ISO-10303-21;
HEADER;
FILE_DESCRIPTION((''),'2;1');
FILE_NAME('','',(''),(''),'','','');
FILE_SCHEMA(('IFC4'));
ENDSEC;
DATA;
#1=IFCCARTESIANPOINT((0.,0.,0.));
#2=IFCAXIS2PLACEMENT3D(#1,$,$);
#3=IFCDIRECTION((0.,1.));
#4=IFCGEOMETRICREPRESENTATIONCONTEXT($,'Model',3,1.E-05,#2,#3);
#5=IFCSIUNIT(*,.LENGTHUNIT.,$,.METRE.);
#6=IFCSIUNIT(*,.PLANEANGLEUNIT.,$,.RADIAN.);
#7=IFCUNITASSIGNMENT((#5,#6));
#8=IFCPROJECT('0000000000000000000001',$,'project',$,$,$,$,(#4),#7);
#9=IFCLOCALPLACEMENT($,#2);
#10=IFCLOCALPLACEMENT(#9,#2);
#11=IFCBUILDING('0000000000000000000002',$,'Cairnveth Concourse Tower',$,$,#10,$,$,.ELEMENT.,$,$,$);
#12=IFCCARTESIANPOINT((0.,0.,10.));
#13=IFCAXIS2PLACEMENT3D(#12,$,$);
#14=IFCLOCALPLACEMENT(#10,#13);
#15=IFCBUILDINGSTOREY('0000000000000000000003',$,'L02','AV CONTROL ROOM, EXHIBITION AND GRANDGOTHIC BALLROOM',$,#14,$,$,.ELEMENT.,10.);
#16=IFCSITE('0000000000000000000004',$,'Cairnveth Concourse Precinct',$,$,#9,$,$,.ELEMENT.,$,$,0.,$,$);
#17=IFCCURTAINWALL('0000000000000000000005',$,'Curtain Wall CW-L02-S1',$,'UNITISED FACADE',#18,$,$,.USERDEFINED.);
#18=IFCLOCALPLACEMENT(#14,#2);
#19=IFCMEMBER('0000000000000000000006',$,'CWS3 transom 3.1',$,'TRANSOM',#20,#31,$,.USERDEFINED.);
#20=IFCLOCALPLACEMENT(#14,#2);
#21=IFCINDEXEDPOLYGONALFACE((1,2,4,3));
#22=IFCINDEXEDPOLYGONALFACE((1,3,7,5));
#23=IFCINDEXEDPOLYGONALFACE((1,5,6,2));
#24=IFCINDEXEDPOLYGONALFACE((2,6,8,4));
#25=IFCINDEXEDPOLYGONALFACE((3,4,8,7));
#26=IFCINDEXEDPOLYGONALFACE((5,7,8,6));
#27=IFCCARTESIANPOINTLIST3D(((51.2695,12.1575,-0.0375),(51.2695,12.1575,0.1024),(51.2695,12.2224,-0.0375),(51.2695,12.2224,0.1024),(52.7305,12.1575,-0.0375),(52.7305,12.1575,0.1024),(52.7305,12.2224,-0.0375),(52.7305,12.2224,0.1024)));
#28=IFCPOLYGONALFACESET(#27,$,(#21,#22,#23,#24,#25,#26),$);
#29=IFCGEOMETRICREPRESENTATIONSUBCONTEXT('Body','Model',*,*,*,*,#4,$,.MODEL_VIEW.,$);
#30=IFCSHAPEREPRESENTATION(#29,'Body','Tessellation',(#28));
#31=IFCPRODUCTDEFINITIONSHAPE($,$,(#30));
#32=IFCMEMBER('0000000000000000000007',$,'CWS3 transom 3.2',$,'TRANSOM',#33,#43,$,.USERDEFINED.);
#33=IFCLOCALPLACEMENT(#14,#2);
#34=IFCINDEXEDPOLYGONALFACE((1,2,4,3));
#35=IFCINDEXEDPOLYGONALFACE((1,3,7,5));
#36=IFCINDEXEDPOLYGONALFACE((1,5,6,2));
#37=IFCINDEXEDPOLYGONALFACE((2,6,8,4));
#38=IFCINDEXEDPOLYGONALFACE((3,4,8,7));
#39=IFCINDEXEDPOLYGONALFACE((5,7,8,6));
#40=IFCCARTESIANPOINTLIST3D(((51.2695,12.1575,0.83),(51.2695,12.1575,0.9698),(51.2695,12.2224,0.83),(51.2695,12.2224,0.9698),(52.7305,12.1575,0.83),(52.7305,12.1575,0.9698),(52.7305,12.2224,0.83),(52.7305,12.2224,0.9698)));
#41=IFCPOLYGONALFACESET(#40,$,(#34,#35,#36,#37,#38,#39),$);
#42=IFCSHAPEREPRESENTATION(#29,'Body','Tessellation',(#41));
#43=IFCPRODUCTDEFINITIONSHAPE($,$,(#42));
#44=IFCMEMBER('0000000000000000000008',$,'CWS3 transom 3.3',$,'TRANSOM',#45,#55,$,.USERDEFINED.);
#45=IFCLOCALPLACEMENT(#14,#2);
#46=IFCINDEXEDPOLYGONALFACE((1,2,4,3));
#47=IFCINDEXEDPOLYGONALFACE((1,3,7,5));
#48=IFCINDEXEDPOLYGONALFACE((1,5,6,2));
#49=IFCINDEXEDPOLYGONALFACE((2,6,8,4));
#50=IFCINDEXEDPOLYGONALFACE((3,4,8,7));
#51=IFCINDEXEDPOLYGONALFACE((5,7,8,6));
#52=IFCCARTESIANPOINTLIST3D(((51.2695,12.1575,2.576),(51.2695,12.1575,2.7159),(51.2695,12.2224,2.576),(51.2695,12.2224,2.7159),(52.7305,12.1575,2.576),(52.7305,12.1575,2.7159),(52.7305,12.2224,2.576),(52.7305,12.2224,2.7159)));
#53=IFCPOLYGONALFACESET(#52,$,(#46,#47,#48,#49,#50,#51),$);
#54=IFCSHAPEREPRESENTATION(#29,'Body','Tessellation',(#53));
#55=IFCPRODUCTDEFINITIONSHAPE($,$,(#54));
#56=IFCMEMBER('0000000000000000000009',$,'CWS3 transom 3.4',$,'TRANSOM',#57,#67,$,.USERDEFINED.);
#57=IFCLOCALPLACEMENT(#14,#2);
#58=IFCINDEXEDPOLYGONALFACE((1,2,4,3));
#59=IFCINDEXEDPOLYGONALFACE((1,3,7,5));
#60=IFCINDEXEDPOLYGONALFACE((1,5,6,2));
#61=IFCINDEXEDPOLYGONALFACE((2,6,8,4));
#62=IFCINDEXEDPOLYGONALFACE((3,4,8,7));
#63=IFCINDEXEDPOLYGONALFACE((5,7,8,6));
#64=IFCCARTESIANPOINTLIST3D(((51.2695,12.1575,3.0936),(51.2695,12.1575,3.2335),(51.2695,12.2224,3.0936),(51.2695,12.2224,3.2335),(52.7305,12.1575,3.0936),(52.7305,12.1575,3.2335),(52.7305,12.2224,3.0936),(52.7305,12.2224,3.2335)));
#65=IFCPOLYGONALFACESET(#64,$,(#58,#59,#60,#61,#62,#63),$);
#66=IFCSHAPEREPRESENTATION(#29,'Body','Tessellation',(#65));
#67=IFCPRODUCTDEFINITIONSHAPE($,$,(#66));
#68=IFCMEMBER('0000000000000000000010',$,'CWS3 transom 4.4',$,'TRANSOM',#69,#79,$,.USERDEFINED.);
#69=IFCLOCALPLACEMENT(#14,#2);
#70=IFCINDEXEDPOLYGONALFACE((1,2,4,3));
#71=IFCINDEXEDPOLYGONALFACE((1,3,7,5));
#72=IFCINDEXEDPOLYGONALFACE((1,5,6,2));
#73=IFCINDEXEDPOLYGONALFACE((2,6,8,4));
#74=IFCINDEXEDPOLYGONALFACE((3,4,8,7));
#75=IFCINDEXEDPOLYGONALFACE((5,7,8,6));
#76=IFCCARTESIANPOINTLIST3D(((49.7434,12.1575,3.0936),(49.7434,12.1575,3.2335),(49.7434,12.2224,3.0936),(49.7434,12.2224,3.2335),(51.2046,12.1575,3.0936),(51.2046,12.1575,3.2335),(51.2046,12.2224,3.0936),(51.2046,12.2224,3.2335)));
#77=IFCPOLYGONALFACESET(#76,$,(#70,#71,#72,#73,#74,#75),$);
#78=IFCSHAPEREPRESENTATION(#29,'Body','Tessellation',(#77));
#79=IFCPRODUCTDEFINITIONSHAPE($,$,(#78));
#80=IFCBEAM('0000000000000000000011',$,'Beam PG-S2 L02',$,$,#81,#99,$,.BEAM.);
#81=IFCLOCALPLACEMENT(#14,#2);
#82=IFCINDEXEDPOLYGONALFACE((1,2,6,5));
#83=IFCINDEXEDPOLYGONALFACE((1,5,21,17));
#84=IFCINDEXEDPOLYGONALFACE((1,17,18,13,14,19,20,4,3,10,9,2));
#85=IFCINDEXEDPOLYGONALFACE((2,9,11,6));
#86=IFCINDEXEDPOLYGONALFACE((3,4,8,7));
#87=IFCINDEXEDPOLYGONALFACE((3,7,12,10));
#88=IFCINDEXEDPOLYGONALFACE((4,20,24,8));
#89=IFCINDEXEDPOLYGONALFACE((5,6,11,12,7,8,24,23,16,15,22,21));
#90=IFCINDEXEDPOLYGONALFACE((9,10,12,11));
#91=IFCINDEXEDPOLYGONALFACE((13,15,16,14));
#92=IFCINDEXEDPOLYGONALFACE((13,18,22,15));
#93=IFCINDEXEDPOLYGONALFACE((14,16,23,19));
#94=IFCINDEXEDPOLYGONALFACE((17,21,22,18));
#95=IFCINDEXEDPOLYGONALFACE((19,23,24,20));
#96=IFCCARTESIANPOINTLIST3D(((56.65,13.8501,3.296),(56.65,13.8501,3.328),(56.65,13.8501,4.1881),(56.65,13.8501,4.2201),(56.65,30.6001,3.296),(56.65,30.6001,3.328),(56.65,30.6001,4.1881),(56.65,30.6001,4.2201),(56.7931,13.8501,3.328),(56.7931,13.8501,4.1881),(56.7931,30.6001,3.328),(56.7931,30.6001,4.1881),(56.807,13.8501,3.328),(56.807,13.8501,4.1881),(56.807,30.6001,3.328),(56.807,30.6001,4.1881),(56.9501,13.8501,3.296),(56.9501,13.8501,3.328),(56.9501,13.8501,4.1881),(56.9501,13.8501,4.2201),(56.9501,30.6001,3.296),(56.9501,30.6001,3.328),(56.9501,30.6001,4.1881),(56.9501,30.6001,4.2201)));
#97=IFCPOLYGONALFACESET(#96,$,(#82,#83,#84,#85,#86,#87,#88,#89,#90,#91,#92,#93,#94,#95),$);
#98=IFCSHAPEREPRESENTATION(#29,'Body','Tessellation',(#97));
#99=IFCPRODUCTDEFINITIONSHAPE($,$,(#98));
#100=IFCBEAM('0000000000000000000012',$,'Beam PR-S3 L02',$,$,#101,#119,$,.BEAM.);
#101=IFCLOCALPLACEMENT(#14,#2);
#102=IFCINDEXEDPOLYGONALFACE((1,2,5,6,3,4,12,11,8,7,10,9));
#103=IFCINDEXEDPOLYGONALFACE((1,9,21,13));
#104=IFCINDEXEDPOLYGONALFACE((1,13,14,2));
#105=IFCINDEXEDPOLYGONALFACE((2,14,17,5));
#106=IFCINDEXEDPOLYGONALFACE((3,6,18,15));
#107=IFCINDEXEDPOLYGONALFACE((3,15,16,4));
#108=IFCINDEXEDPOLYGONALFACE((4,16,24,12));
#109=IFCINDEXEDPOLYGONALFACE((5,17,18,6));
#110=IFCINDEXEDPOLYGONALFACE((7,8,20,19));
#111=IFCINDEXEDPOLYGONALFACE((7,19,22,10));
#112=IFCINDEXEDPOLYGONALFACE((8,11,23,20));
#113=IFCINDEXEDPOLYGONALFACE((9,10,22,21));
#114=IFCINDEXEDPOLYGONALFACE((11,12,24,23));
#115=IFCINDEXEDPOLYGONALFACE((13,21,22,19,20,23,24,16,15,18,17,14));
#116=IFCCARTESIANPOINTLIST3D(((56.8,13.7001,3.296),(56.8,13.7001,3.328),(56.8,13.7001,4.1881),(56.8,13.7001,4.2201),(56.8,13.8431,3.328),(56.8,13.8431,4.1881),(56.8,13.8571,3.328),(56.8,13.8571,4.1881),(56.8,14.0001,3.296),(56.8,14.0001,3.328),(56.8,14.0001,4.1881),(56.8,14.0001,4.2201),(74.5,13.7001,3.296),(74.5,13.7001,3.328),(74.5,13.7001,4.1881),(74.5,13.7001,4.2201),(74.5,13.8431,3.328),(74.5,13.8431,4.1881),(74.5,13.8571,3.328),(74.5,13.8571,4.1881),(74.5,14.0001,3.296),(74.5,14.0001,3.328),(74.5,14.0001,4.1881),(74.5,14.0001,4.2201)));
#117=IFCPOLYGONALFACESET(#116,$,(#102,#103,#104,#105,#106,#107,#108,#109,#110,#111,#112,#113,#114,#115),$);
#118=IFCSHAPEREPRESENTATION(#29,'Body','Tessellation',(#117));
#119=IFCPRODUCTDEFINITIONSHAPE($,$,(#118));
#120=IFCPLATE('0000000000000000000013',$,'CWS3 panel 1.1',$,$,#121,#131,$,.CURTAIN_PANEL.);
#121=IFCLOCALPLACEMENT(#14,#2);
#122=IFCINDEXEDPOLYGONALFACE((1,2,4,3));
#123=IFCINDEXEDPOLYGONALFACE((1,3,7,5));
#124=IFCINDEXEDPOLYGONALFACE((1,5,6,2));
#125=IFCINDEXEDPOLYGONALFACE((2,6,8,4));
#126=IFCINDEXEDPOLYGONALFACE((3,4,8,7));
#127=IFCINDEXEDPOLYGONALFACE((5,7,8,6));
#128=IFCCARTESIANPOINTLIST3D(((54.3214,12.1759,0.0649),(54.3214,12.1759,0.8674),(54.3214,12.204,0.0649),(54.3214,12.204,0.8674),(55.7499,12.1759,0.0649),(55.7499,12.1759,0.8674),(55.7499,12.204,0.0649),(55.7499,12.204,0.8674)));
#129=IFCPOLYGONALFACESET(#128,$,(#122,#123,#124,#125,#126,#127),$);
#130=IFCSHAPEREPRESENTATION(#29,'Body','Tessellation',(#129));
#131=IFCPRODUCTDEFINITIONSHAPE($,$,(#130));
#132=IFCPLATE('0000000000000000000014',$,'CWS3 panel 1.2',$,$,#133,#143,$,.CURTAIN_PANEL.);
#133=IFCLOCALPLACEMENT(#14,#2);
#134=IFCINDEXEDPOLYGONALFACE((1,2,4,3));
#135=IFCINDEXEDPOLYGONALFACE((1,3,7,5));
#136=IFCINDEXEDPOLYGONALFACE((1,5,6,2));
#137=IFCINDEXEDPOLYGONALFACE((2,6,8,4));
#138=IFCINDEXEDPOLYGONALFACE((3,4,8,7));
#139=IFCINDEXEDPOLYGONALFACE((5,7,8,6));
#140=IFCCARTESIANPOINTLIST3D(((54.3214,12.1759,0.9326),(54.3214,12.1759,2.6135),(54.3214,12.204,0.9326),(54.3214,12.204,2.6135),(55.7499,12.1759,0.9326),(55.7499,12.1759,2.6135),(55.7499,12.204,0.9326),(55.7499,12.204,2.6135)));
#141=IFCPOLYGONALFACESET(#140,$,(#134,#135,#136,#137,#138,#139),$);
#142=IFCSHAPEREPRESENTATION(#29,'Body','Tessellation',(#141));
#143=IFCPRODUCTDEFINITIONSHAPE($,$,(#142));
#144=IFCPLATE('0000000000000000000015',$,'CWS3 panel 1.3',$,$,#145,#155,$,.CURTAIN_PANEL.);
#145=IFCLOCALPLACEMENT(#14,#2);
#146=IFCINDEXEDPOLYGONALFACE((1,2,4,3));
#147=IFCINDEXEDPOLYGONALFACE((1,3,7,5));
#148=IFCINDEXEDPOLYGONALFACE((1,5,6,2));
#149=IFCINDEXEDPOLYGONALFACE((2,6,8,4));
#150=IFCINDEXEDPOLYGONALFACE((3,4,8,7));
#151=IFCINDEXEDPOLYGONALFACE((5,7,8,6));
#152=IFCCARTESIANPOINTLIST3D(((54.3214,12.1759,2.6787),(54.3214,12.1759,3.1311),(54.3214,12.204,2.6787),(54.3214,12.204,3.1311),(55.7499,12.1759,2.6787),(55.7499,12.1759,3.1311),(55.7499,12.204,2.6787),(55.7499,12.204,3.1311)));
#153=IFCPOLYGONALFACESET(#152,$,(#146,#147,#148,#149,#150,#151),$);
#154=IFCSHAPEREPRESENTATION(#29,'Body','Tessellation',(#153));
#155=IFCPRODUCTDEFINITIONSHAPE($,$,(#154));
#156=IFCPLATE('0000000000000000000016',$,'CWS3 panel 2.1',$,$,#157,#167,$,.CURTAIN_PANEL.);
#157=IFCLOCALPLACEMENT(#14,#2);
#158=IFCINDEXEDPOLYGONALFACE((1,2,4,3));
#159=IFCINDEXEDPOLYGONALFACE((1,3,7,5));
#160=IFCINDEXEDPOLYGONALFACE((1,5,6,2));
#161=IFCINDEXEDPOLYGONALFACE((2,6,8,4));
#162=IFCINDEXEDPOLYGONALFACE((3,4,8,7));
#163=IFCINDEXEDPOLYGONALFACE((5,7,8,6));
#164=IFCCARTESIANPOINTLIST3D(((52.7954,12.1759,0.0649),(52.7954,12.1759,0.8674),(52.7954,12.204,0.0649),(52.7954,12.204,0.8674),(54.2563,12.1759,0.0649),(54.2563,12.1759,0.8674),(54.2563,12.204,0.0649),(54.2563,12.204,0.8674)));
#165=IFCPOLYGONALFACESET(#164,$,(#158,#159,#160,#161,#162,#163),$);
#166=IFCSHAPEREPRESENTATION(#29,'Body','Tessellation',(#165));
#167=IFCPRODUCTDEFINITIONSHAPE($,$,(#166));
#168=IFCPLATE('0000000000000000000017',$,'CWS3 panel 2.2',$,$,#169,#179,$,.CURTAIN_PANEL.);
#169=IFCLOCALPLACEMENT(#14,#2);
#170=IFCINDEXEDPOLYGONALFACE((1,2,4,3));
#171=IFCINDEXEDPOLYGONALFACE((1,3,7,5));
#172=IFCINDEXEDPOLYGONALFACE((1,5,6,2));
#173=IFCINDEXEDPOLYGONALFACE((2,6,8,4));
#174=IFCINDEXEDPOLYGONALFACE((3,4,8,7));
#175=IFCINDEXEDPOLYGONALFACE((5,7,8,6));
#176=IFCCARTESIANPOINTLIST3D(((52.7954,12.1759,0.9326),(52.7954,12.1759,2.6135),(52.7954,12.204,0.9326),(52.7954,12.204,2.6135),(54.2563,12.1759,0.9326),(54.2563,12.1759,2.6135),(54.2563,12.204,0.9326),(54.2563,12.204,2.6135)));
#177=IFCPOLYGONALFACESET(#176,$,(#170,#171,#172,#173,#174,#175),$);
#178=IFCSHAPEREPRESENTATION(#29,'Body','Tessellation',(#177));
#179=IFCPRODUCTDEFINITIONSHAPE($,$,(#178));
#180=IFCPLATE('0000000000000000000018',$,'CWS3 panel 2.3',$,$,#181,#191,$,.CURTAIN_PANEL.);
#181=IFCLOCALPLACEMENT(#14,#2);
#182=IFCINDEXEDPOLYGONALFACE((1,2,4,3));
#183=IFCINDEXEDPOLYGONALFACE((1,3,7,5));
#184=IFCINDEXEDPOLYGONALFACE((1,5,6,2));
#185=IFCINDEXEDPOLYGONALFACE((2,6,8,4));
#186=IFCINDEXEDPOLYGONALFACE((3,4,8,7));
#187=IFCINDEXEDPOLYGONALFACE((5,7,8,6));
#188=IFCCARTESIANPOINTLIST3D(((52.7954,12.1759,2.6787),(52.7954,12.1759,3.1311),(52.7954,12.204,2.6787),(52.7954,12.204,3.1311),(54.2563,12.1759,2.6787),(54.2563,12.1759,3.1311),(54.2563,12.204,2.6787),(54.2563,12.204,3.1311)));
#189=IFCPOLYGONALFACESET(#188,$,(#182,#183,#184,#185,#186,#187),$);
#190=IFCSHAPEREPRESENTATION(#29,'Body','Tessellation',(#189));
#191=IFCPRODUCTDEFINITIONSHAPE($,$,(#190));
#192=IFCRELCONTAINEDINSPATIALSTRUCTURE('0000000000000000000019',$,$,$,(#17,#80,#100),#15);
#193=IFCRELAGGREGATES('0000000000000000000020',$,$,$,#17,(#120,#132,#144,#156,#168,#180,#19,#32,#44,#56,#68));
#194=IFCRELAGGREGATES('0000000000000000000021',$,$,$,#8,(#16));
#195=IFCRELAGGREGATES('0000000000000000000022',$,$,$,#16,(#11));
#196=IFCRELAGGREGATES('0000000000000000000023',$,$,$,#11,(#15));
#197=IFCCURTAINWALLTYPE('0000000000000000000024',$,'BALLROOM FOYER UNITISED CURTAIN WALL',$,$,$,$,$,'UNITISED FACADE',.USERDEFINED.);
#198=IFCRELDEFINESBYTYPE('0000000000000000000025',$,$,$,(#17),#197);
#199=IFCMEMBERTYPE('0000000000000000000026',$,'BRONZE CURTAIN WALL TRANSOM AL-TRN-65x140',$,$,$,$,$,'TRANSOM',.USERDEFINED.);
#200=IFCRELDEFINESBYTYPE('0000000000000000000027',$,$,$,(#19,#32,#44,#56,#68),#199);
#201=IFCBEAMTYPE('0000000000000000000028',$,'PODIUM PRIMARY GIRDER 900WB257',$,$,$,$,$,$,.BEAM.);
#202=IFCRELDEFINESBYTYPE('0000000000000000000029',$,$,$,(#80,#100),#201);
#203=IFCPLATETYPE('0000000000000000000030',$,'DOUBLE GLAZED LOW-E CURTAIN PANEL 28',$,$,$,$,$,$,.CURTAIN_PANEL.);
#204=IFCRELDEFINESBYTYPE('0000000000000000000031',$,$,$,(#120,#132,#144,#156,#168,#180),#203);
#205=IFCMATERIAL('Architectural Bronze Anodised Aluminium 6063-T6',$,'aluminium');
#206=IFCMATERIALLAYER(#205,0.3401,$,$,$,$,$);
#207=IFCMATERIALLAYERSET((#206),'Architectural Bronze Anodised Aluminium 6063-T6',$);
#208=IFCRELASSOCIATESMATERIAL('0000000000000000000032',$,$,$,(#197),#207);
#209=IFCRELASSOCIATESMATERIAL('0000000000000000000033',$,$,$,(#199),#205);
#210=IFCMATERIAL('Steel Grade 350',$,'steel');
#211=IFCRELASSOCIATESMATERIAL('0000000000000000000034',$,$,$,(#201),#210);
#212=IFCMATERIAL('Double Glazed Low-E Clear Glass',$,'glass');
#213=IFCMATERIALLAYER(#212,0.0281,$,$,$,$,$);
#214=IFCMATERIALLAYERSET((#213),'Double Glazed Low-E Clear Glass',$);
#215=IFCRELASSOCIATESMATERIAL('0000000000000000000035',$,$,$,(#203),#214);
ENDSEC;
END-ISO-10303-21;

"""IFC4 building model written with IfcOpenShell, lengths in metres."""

from ifc_helpers import new_model, si_unit, direction, frame, origin, origin_2d, place, context, subcontext, project, spatial, rectangle, i_section, extrude, material, layer, layer_set, material_profile, profile_set, type_object, element, aggregate, save


model = new_model("IFC4")

# Units and contexts
model_context = context("Model", 3, precision=1e-05, world=origin(), true_north=direction((0.0, 1.0)))
body_context = subcontext(model_context, "Body", "Model", "MODEL_VIEW")
ifc_project = project(units=[si_unit("LENGTHUNIT", "METRE"), si_unit("PLANEANGLEUNIT", "RADIAN")], contexts=[model_context])

# Site, building, storey
site_placement = place(None, origin())
site = spatial("IfcSite", under=ifc_project, at=site_placement, Name="Cairnveth Concourse Precinct", CompositionType="ELEMENT", RefElevation=0.0)
building_placement = place(site_placement, origin())
building = spatial("IfcBuilding", under=site, at=building_placement, Name="Cairnveth Concourse Tower", CompositionType="ELEMENT")
storey_placement = place(building_placement, frame((0.0, 0.0, 10.0)))
storey = spatial("IfcBuildingStorey", under=building, at=storey_placement, Name="L02", Description="AV CONTROL ROOM, EXHIBITION AND GRANDGOTHIC BALLROOM", CompositionType="ELEMENT", Elevation=10.0)

# Curtain wall, members
ifc_material_1 = material(Name="Architectural Bronze Anodised Aluminium 6063-T6", Category="aluminium")
ifc_layer_1 = layer(ifc_material_1, 0.3401)
ifc_layer_set_1 = layer_set([ifc_layer_1], Name="Architectural Bronze Anodised Aluminium 6063-T6")
curtain_wall_type = type_object("IfcCurtainWallType", Name="BALLROOM FOYER UNITISED CURTAIN WALL", ElementType="UNITISED FACADE", PredefinedType="USERDEFINED", material=ifc_layer_set_1)
curtain_wall_placement = place(storey_placement, origin())
curtain_wall = element("IfcCurtainWall", 1, at=curtain_wall_placement, inside=storey, type_object=curtain_wall_type, Name="Curtain Wall CW-L02-S1", ObjectType="UNITISED FACADE", PredefinedType="USERDEFINED")
ifc_material_profile_1 = material_profile(ifc_material_1, rectangle(XDim=0.0649, YDim=0.1399, at=origin_2d()), Name="AL-TRN-65x140")
ifc_profile_set_1 = profile_set([ifc_material_profile_1], Name="Architectural Bronze Anodised Aluminium 6063-T6")
member_type_1 = type_object("IfcMemberType", Name="BRONZE CURTAIN WALL TRANSOM AL-TRN-65x140", ElementType="TRANSOM", PredefinedType="USERDEFINED", material=ifc_profile_set_1)
member_1_placement = place(storey_placement, frame((52.7305, 12.1899, 0.0325), z_axis=(-1.0, 0.0, 0.0), x_axis=(0.0, -1.0, 0.0)))
member_1 = element("IfcMember", 2, at=member_1_placement, type_object=member_type_1, Name="CWS3 transom 3.1", ObjectType="TRANSOM", PredefinedType="USERDEFINED", context=body_context, shape_type="SweptSolid", body=[
    extrude(rectangle(XDim=0.0649, YDim=0.1399, at=origin_2d()), origin(), (0.0, 0.0, 1.0), 1.4609),
])
member_2_placement = place(storey_placement, frame((52.7305, 12.1899, 0.8999), z_axis=(-1.0, 0.0, 0.0), x_axis=(0.0, -1.0, 0.0)))
member_2 = element("IfcMember", 3, at=member_2_placement, type_object=member_type_1, Name="CWS3 transom 3.2", ObjectType="TRANSOM", PredefinedType="USERDEFINED", context=body_context, shape_type="SweptSolid", body=[
    extrude(rectangle(XDim=0.0649, YDim=0.1399, at=origin_2d()), origin(), (0.0, 0.0, 1.0), 1.4609),
])
member_3_placement = place(storey_placement, frame((52.7305, 12.1899, 2.646), z_axis=(-1.0, 0.0, 0.0), x_axis=(0.0, -1.0, 0.0)))
member_3 = element("IfcMember", 4, at=member_3_placement, type_object=member_type_1, Name="CWS3 transom 3.3", ObjectType="TRANSOM", PredefinedType="USERDEFINED", context=body_context, shape_type="SweptSolid", body=[
    extrude(rectangle(XDim=0.0649, YDim=0.1399, at=origin_2d()), origin(), (0.0, 0.0, 1.0), 1.4609),
])
member_4_placement = place(storey_placement, frame((52.7305, 12.1899, 3.1636), z_axis=(-1.0, 0.0, 0.0), x_axis=(0.0, -1.0, 0.0)))
member_4 = element("IfcMember", 5, at=member_4_placement, type_object=member_type_1, Name="CWS3 transom 3.4", ObjectType="TRANSOM", PredefinedType="USERDEFINED", context=body_context, shape_type="SweptSolid", body=[
    extrude(rectangle(XDim=0.0649, YDim=0.1399, at=origin_2d()), origin(), (0.0, 0.0, 1.0), 1.4609),
])
member_5_placement = place(storey_placement, frame((51.2046, 12.1899, 3.1636), z_axis=(-1.0, 0.0, 0.0), x_axis=(0.0, -1.0, 0.0)))
member_5 = element("IfcMember", 6, at=member_5_placement, type_object=member_type_1, Name="CWS3 transom 4.4", ObjectType="TRANSOM", PredefinedType="USERDEFINED", context=body_context, shape_type="SweptSolid", body=[
    extrude(rectangle(XDim=0.0649, YDim=0.1399, at=origin_2d()), origin(), (0.0, 0.0, 1.0), 1.4612),
])

# Beams
ifc_material_2 = material(Name="Steel Grade 350", Category="steel")
ifc_material_profile_2 = material_profile(ifc_material_2, i_section(OverallWidth=0.3, OverallDepth=0.9241, WebThickness=0.0139, FlangeThickness=0.032, at=origin_2d()), Name="900WB257")
ifc_profile_set_2 = profile_set([ifc_material_profile_2], Name="Steel Grade 350")
beam_type = type_object("IfcBeamType", Name="PODIUM PRIMARY GIRDER 900WB257", PredefinedType="BEAM", material=ifc_profile_set_2)
beam_1_placement = place(storey_placement, frame((56.8, 13.8501, 3.7581), z_axis=(0.0, 1.0, 0.0), x_axis=(-1.0, 0.0, 0.0)))
element("IfcBeam", 7, at=beam_1_placement, inside=storey, type_object=beam_type, Name="Beam PG-S2 L02", PredefinedType="BEAM", context=body_context, shape_type="SweptSolid", body=[
    extrude(i_section(OverallWidth=0.3, OverallDepth=0.9241, WebThickness=0.0139, FlangeThickness=0.032, at=origin_2d()), origin(), (0.0, 0.0, 1.0), 16.75),
])
beam_2_placement = place(storey_placement, frame((56.8, 13.8501, 3.7581), z_axis=(1.0, 0.0, 0.0), x_axis=(0.0, 1.0, 0.0)))
element("IfcBeam", 8, at=beam_2_placement, inside=storey, type_object=beam_type, Name="Beam PR-S3 L02", PredefinedType="BEAM", context=body_context, shape_type="SweptSolid", body=[
    extrude(i_section(OverallWidth=0.3, OverallDepth=0.9241, WebThickness=0.0139, FlangeThickness=0.032, at=origin_2d()), origin(), (0.0, 0.0, 1.0), 17.7),
])

# Plates
ifc_material_3 = material(Name="Double Glazed Low-E Clear Glass", Category="glass")
ifc_layer_2 = layer(ifc_material_3, 0.0281)
ifc_layer_set_2 = layer_set([ifc_layer_2], Name="Double Glazed Low-E Clear Glass")
plate_type = type_object("IfcPlateType", Name="DOUBLE GLAZED LOW-E CURTAIN PANEL 28", PredefinedType="CURTAIN_PANEL", material=ifc_layer_set_2)
plate_1_placement = place(storey_placement, frame((55.0356, 12.1899, 0.0649), z_axis=(0.0, 0.0, 1.0), x_axis=(-1.0, 0.0, 0.0)))
plate_1 = element("IfcPlate", 9, at=plate_1_placement, type_object=plate_type, Name="CWS3 panel 1.1", PredefinedType="CURTAIN_PANEL", context=body_context, shape_type="SweptSolid", body=[
    extrude(rectangle(XDim=1.4285, YDim=0.0281, at=origin_2d()), origin(), (0.0, 0.0, 1.0), 0.8025),
])
plate_2_placement = place(storey_placement, frame((55.0356, 12.1899, 0.9326), z_axis=(0.0, 0.0, 1.0), x_axis=(-1.0, 0.0, 0.0)))
plate_2 = element("IfcPlate", 10, at=plate_2_placement, type_object=plate_type, Name="CWS3 panel 1.2", PredefinedType="CURTAIN_PANEL", context=body_context, shape_type="SweptSolid", body=[
    extrude(rectangle(XDim=1.4285, YDim=0.0281, at=origin_2d()), origin(), (0.0, 0.0, 1.0), 1.6809),
])
plate_3_placement = place(storey_placement, frame((55.0356, 12.1899, 2.6787), z_axis=(0.0, 0.0, 1.0), x_axis=(-1.0, 0.0, 0.0)))
plate_3 = element("IfcPlate", 11, at=plate_3_placement, type_object=plate_type, Name="CWS3 panel 1.3", PredefinedType="CURTAIN_PANEL", context=body_context, shape_type="SweptSolid", body=[
    extrude(rectangle(XDim=1.4285, YDim=0.0281, at=origin_2d()), origin(), (0.0, 0.0, 1.0), 0.4524),
])
plate_4_placement = place(storey_placement, frame((53.5259, 12.1899, 0.0649), z_axis=(0.0, 0.0, 1.0), x_axis=(-1.0, 0.0, 0.0)))
plate_4 = element("IfcPlate", 12, at=plate_4_placement, type_object=plate_type, Name="CWS3 panel 2.1", PredefinedType="CURTAIN_PANEL", context=body_context, shape_type="SweptSolid", body=[
    extrude(rectangle(XDim=1.4609, YDim=0.0281, at=origin_2d()), origin(), (0.0, 0.0, 1.0), 0.8025),
])
plate_5_placement = place(storey_placement, frame((53.5259, 12.1899, 0.9326), z_axis=(0.0, 0.0, 1.0), x_axis=(-1.0, 0.0, 0.0)))
plate_5 = element("IfcPlate", 13, at=plate_5_placement, type_object=plate_type, Name="CWS3 panel 2.2", PredefinedType="CURTAIN_PANEL", context=body_context, shape_type="SweptSolid", body=[
    extrude(rectangle(XDim=1.4609, YDim=0.0281, at=origin_2d()), origin(), (0.0, 0.0, 1.0), 1.6809),
])
plate_6_placement = place(storey_placement, frame((53.5259, 12.1899, 2.6787), z_axis=(0.0, 0.0, 1.0), x_axis=(-1.0, 0.0, 0.0)))
plate_6 = element("IfcPlate", 14, at=plate_6_placement, type_object=plate_type, Name="CWS3 panel 2.3", PredefinedType="CURTAIN_PANEL", context=body_context, shape_type="SweptSolid", body=[
    extrude(rectangle(XDim=1.4609, YDim=0.0281, at=origin_2d()), origin(), (0.0, 0.0, 1.0), 0.4524),
])
aggregate(curtain_wall, [plate_1, plate_2, plate_3, plate_4, plate_5, plate_6, member_1, member_2, member_3, member_4, member_5])

save(model, "model.ifc")
